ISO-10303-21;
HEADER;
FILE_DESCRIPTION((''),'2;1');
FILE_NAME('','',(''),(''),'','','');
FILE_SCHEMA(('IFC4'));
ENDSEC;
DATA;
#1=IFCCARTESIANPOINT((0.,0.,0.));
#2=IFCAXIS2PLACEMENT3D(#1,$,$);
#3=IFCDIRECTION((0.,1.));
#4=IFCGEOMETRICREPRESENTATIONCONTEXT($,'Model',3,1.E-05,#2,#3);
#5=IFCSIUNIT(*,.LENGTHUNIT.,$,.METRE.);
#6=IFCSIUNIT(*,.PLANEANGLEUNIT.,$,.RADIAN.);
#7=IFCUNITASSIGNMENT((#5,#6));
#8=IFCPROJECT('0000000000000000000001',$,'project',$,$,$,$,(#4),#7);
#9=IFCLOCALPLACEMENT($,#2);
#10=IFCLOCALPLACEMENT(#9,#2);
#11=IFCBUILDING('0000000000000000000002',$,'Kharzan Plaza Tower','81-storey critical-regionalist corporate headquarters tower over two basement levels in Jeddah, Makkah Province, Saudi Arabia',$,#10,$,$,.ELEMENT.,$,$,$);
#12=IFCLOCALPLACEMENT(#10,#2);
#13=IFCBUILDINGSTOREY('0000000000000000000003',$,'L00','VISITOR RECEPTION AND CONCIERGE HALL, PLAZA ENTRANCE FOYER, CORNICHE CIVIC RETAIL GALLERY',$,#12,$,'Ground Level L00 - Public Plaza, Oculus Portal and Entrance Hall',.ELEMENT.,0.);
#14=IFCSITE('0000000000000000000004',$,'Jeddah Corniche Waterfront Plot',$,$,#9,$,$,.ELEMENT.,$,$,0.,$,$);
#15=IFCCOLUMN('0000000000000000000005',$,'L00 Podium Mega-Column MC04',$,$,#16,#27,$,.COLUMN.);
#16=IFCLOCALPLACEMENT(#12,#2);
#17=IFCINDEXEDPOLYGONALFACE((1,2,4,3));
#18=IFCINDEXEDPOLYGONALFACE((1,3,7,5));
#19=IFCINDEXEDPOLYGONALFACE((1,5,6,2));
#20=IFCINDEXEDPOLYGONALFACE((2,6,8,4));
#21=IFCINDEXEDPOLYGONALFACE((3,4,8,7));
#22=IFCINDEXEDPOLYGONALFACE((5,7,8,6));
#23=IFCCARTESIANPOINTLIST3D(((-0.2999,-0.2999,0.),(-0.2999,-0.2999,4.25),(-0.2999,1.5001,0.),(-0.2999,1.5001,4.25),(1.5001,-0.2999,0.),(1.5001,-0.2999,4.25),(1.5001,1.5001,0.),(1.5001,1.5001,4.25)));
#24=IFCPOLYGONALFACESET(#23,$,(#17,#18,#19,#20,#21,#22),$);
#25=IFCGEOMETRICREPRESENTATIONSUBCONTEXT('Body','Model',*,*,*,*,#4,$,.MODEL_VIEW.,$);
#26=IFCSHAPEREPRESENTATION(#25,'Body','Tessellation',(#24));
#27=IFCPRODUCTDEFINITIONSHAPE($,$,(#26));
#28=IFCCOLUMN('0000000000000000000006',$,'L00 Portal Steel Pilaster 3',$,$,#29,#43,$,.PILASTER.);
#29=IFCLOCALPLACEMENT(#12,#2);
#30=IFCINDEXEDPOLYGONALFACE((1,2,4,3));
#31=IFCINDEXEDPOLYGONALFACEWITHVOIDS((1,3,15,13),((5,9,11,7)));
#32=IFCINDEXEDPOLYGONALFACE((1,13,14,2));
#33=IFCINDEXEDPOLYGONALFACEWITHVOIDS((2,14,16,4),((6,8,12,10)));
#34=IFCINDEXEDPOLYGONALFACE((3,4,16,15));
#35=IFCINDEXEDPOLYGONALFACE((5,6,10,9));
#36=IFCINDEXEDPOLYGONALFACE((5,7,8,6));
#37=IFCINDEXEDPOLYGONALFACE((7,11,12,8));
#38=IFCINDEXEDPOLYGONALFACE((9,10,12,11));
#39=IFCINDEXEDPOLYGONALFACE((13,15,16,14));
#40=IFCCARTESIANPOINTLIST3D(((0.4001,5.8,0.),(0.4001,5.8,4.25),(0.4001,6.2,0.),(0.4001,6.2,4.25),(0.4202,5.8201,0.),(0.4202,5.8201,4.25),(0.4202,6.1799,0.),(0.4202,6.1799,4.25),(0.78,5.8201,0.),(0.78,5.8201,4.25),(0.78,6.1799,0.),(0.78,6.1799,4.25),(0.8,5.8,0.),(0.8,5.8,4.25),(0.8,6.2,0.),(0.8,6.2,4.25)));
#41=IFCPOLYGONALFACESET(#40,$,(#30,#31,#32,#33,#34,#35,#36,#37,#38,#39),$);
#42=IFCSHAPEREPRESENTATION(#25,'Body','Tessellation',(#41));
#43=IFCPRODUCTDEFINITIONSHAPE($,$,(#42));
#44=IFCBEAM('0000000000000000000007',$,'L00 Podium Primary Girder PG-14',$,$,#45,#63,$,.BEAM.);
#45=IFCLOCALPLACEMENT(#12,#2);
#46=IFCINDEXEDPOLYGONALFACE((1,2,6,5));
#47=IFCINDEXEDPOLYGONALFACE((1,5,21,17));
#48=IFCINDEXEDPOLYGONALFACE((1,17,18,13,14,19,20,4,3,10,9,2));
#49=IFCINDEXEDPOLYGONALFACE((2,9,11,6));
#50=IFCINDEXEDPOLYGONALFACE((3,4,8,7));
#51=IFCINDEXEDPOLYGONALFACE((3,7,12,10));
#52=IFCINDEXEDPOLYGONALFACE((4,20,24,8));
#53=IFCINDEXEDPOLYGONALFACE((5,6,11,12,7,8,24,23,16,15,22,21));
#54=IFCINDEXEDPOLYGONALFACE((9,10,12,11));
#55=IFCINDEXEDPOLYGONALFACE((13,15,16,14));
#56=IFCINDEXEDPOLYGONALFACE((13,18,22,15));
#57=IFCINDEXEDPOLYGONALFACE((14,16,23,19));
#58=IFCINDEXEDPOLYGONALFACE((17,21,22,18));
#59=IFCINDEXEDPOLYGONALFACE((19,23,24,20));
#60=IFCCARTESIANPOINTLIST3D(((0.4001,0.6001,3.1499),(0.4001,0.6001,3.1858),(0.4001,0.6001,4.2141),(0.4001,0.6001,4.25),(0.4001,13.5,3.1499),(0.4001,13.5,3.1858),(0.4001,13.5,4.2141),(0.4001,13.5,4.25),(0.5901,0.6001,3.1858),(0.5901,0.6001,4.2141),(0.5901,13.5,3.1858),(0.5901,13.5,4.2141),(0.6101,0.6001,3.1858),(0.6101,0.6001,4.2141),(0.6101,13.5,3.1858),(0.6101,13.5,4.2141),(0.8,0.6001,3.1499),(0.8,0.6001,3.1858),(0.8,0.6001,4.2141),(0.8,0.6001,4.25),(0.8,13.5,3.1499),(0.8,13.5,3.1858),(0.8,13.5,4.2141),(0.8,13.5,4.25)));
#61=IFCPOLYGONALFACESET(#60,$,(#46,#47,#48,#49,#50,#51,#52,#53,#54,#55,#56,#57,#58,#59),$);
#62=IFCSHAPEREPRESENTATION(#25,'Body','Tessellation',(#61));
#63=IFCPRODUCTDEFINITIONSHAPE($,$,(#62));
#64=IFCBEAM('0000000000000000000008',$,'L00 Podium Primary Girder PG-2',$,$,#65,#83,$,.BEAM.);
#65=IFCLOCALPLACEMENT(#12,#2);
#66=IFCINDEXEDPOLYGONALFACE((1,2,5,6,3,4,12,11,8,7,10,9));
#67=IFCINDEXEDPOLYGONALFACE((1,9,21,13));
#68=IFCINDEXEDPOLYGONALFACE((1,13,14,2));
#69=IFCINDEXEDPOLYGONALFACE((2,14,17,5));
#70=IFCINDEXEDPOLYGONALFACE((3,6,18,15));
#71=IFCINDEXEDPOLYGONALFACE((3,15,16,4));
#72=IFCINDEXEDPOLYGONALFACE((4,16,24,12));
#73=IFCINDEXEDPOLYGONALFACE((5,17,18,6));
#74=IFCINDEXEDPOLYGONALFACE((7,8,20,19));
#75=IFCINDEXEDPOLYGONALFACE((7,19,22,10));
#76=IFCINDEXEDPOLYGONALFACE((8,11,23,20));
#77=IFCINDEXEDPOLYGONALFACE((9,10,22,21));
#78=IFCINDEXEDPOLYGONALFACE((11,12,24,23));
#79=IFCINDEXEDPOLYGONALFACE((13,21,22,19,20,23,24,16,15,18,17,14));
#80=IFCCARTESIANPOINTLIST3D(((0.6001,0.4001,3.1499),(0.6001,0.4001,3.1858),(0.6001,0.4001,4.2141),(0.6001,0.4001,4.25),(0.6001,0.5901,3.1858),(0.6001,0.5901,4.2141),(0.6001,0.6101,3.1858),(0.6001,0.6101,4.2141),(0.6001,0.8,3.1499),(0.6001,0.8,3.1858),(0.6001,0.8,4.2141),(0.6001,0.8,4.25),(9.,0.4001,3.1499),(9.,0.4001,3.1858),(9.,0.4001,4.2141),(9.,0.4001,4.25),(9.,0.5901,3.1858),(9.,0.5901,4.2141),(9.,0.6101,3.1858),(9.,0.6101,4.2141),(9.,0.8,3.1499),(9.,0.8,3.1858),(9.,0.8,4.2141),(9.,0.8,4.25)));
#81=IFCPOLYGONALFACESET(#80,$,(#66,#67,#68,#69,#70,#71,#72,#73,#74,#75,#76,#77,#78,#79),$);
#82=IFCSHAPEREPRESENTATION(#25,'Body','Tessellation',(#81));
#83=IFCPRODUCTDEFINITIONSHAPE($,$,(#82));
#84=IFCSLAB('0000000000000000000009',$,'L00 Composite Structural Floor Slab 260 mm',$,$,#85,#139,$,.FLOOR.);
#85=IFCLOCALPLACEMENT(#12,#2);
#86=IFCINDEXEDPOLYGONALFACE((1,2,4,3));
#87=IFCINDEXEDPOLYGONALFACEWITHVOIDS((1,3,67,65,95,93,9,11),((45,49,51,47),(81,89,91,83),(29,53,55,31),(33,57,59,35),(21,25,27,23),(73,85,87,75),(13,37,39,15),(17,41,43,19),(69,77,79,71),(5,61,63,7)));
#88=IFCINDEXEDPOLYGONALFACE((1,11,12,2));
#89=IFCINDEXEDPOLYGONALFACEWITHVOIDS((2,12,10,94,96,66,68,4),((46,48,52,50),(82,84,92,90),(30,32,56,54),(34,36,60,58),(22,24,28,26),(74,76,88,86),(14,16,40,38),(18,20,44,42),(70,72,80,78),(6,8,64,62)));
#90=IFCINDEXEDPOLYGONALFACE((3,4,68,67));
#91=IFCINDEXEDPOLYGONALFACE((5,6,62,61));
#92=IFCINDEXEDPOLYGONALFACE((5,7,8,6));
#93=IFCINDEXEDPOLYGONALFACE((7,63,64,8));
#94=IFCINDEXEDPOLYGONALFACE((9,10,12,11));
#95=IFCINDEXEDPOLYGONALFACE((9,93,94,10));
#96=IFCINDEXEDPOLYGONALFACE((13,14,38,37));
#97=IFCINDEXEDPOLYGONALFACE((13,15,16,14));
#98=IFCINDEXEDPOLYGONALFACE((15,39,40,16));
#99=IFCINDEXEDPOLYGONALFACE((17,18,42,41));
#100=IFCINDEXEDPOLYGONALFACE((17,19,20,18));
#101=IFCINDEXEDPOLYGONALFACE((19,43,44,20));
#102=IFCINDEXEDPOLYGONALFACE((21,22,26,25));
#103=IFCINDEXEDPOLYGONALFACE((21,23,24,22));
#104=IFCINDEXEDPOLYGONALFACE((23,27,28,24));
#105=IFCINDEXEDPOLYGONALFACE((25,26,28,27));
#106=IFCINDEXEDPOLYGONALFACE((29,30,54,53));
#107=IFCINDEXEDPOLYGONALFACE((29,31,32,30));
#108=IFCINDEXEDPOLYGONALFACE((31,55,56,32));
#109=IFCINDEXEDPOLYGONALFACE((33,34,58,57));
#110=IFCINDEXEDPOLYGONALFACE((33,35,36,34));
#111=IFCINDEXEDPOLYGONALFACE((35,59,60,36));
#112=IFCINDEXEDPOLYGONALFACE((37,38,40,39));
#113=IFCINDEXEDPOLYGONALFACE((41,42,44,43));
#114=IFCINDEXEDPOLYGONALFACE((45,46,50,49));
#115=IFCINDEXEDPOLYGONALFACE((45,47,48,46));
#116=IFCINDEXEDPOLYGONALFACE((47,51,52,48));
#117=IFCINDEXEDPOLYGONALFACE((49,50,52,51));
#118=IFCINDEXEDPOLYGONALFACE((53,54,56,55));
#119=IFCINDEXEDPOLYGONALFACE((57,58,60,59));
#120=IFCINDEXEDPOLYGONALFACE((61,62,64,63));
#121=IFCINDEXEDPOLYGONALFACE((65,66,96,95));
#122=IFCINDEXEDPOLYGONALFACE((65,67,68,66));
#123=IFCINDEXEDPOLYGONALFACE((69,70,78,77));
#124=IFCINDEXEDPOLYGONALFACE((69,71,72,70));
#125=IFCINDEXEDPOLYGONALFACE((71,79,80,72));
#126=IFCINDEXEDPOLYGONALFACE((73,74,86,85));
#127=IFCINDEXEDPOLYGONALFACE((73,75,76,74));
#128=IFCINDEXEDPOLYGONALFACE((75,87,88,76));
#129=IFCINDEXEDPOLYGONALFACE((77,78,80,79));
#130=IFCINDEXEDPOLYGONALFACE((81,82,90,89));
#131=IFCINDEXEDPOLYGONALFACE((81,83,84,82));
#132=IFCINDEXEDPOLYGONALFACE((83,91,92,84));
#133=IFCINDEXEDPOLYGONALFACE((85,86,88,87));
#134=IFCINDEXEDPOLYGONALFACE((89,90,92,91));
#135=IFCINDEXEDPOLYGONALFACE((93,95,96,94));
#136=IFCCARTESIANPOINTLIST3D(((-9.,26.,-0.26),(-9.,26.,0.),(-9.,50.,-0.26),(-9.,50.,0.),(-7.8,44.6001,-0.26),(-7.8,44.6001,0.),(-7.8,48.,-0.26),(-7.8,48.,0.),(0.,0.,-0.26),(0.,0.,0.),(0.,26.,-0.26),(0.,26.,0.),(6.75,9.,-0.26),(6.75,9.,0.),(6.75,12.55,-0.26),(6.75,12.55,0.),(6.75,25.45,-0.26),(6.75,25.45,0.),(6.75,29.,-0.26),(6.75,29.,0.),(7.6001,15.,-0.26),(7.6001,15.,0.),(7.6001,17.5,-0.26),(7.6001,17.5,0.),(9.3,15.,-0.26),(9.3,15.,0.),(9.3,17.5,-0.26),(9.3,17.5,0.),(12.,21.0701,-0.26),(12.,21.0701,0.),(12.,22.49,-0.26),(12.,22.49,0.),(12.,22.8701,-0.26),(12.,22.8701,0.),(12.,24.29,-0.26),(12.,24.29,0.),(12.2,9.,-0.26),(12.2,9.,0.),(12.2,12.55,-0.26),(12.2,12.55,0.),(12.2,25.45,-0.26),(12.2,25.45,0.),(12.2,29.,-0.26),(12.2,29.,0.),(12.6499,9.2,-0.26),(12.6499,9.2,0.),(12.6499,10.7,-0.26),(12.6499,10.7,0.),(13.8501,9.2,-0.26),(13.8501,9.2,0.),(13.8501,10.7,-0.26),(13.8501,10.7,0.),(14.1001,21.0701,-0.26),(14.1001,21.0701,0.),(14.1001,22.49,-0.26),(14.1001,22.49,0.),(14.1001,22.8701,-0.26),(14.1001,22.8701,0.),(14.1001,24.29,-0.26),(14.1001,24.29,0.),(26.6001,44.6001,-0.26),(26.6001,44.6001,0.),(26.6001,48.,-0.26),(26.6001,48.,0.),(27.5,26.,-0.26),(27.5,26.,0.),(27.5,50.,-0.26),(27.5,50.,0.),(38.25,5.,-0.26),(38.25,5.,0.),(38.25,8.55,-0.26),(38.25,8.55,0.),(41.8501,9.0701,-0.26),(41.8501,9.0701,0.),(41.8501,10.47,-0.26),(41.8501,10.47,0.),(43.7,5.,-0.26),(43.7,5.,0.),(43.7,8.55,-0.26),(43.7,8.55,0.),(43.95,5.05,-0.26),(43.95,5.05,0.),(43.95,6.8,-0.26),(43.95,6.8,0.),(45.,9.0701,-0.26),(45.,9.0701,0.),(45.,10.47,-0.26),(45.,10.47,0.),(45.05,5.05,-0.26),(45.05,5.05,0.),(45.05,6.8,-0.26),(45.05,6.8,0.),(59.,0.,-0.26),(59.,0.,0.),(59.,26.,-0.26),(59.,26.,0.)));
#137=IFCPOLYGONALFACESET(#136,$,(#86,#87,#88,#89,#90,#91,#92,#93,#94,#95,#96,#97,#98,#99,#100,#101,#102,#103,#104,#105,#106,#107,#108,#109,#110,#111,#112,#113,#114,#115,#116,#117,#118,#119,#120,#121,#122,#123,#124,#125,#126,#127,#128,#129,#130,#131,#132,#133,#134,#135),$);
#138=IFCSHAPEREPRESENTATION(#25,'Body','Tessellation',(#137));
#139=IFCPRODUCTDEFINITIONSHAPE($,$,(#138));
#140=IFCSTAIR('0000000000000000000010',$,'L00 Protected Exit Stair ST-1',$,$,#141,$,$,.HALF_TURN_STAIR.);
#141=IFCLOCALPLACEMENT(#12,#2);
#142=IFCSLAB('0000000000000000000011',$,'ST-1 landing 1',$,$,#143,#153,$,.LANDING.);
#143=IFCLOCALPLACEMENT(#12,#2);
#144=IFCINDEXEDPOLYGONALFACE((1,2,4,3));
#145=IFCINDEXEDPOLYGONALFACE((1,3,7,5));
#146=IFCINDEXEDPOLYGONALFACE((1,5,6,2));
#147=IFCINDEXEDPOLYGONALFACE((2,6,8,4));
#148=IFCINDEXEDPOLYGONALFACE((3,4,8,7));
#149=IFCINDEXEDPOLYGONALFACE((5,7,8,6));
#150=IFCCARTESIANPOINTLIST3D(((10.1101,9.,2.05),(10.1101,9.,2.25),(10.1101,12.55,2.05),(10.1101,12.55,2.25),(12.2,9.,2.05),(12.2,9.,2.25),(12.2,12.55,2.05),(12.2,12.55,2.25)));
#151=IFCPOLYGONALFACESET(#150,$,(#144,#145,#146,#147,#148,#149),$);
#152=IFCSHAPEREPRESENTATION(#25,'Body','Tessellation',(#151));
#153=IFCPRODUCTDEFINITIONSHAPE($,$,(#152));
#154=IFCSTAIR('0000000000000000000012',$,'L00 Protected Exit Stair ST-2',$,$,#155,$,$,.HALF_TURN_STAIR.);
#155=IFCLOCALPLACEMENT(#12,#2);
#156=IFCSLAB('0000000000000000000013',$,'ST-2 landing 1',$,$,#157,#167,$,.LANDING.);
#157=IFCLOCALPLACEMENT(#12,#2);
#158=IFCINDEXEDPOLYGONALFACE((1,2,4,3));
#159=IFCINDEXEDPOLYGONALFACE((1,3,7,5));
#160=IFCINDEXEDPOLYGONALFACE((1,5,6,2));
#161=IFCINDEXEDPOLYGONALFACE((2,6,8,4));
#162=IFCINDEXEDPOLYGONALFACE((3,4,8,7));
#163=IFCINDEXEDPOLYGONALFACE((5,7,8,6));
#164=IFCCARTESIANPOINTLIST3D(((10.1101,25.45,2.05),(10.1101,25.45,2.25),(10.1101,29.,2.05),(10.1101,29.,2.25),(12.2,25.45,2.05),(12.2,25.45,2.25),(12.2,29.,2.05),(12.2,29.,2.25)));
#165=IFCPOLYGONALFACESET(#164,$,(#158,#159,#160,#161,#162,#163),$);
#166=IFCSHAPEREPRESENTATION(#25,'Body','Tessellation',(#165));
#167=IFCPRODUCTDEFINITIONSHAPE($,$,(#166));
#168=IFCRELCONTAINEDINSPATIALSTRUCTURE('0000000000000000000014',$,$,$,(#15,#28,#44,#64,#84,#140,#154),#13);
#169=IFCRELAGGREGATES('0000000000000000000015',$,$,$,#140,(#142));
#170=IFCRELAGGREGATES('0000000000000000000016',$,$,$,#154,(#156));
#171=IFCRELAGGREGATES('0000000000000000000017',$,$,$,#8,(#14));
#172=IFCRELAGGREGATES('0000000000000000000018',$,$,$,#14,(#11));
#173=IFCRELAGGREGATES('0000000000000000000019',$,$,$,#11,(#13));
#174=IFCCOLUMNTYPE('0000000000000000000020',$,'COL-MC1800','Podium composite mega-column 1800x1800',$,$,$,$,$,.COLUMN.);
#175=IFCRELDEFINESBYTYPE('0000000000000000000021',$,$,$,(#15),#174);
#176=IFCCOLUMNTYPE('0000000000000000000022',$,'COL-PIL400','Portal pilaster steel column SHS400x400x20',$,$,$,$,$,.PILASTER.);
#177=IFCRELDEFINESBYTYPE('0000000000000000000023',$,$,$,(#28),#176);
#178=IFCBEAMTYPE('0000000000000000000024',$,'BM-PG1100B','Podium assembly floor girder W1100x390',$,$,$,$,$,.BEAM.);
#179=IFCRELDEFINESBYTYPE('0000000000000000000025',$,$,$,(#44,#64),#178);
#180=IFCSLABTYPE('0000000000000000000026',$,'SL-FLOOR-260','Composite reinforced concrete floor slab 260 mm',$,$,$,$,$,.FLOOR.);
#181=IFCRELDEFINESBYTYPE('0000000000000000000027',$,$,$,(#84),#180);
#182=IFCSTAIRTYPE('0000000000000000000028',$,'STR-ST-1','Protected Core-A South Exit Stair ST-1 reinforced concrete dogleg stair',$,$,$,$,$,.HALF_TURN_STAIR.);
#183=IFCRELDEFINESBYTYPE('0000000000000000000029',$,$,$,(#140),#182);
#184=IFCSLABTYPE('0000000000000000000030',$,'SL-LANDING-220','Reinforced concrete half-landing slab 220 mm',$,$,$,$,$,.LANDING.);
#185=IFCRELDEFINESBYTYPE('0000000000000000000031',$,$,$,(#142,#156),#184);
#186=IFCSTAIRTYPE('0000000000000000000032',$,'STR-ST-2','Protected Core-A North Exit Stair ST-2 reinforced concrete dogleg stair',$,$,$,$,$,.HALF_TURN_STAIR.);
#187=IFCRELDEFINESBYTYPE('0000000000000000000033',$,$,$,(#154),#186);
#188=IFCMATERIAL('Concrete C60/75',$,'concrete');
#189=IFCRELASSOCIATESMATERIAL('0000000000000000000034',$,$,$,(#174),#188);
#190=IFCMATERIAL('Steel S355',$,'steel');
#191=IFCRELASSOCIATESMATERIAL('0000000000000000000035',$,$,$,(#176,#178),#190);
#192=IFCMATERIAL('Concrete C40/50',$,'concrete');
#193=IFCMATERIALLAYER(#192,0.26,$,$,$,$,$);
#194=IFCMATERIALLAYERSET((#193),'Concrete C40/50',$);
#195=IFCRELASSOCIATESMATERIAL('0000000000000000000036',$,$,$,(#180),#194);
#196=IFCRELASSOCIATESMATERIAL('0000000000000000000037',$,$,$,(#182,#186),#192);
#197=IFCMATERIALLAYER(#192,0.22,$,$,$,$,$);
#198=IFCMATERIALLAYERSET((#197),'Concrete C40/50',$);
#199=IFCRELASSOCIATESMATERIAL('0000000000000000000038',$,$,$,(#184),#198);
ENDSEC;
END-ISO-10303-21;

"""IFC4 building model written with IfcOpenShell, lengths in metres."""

from ifc_helpers import new_model, si_unit, direction, frame, origin, origin_2d, place, context, subcontext, project, spatial, polyline, rectangle, hollow_rectangle, i_section, outline, extrude, source, transform, mapped, material, layer, layer_set, material_profile, profile_set, type_object, element, aggregate, save


model = new_model("IFC4")

# Units and contexts
model_context = context("Model", 3, precision=1e-05, world=origin(), true_north=direction((0.0, 1.0)))
body_context = subcontext(model_context, "Body", "Model", "MODEL_VIEW")
ifc_project = project(units=[si_unit("LENGTHUNIT", "METRE"), si_unit("PLANEANGLEUNIT", "RADIAN")], contexts=[model_context])

# Site, building, storey
site_placement = place(None, origin())
site = spatial("IfcSite", under=ifc_project, at=site_placement, Name="Jeddah Corniche Waterfront Plot", CompositionType="ELEMENT", RefElevation=0.0)
building_placement = place(site_placement, origin())
building = spatial("IfcBuilding", under=site, at=building_placement, Name="Kharzan Plaza Tower", Description="81-storey critical-regionalist corporate headquarters tower over two basement levels in Jeddah, Makkah Province, Saudi Arabia", CompositionType="ELEMENT")
storey_placement = place(building_placement, origin())
storey = spatial("IfcBuildingStorey", under=building, at=storey_placement, Name="L00", Description="VISITOR RECEPTION AND CONCIERGE HALL, PLAZA ENTRANCE FOYER, CORNICHE CIVIC RETAIL GALLERY", LongName="Ground Level L00 - Public Plaza, Oculus Portal and Entrance Hall", CompositionType="ELEMENT", Elevation=0.0)

# Columns
ifc_material_1 = material(Name="Concrete C60/75", Category="concrete")
ifc_material_profile_1 = material_profile(ifc_material_1, rectangle(XDim=1.8, YDim=1.8, at=origin_2d()), Name="RC-MC1800x1800")
ifc_profile_set_1 = profile_set([ifc_material_profile_1], Name="Concrete C60/75")
column_type_1 = type_object("IfcColumnType", Name="COL-MC1800", Description="Podium composite mega-column 1800x1800", PredefinedType="COLUMN", material=ifc_profile_set_1)
shared_shape_1 = source(origin(), body_context, "Body", "SweptSolid", [
    extrude(rectangle(XDim=1.8, YDim=1.8, at=origin_2d()), origin(), (0.0, 0.0, 1.0), 4.25),
])
column_1_placement = place(storey_placement, frame((0.6001, 0.6001, 0.0), z_axis=(0.0, 0.0, 1.0), x_axis=(1.0, 0.0, 0.0)))
element("IfcColumn", 1, at=column_1_placement, inside=storey, type_object=column_type_1, Name="L00 Podium Mega-Column MC04", PredefinedType="COLUMN", context=body_context, shape_type="MappedRepresentation", body=[
    mapped(shared_shape_1, transform((0.0, 0.0, 0.0), x_axis=(1.0, 0.0, 0.0), y_axis=(0.0, 1.0, 0.0), z_axis=(0.0, 0.0, 1.0))),
])
ifc_material_2 = material(Name="Steel S355", Category="steel")
ifc_material_profile_2 = material_profile(ifc_material_2, hollow_rectangle(XDim=0.3999, YDim=0.3999, WallThickness=0.02, at=origin_2d()), Name="SHS400x400x20")
ifc_profile_set_2 = profile_set([ifc_material_profile_2], Name="Steel S355")
column_type_2 = type_object("IfcColumnType", Name="COL-PIL400", Description="Portal pilaster steel column SHS400x400x20", PredefinedType="PILASTER", material=ifc_profile_set_2)
shared_shape_2 = source(origin(), body_context, "Body", "SweptSolid", [
    extrude(hollow_rectangle(XDim=0.3999, YDim=0.3999, WallThickness=0.02, at=origin_2d()), origin(), (0.0, 0.0, 1.0), 4.25),
])
column_2_placement = place(storey_placement, frame((0.6001, 6.0, 0.0), z_axis=(0.0, 0.0, 1.0), x_axis=(1.0, 0.0, 0.0)))
element("IfcColumn", 2, at=column_2_placement, inside=storey, type_object=column_type_2, Name="L00 Portal Steel Pilaster 3", PredefinedType="PILASTER", context=body_context, shape_type="MappedRepresentation", body=[
    mapped(shared_shape_2, transform((0.0, 0.0, 0.0), x_axis=(1.0, 0.0, 0.0), y_axis=(0.0, 1.0, 0.0), z_axis=(0.0, 0.0, 1.0))),
])

# Beams
ifc_material_profile_3 = material_profile(ifc_material_2, i_section(OverallWidth=0.3999, OverallDepth=1.1001, WebThickness=0.02, FlangeThickness=0.0359, at=origin_2d()), Name="W1100x390")
ifc_profile_set_3 = profile_set([ifc_material_profile_3], Name="Steel S355")
beam_type = type_object("IfcBeamType", Name="BM-PG1100B", Description="Podium assembly floor girder W1100x390", PredefinedType="BEAM", material=ifc_profile_set_3)
shared_shape_3 = source(origin(), body_context, "Body", "SweptSolid", [
    extrude(i_section(OverallWidth=0.3999, OverallDepth=1.1001, WebThickness=0.02, FlangeThickness=0.0359, at=origin_2d()), origin(), (0.0, 0.0, 1.0), 12.8999),
])
beam_1_placement = place(storey_placement, frame((0.6001, 0.6001, 3.7), z_axis=(0.0, 1.0, 0.0), x_axis=(-1.0, 0.0, 0.0)))
element("IfcBeam", 3, at=beam_1_placement, inside=storey, type_object=beam_type, Name="L00 Podium Primary Girder PG-14", PredefinedType="BEAM", context=body_context, shape_type="MappedRepresentation", body=[
    mapped(shared_shape_3, transform((0.0, 0.0, 0.0), x_axis=(1.0, 0.0, 0.0), y_axis=(0.0, 1.0, 0.0), z_axis=(0.0, 0.0, 1.0))),
])
shared_shape_4 = source(origin(), body_context, "Body", "SweptSolid", [
    extrude(i_section(OverallWidth=0.3999, OverallDepth=1.1001, WebThickness=0.02, FlangeThickness=0.0359, at=origin_2d()), origin(), (0.0, 0.0, 1.0), 8.3999),
])
beam_2_placement = place(storey_placement, frame((0.6001, 0.6001, 3.7), z_axis=(1.0, 0.0, 0.0), x_axis=(0.0, 1.0, 0.0)))
element("IfcBeam", 4, at=beam_2_placement, inside=storey, type_object=beam_type, Name="L00 Podium Primary Girder PG-2", PredefinedType="BEAM", context=body_context, shape_type="MappedRepresentation", body=[
    mapped(shared_shape_4, transform((0.0, 0.0, 0.0), x_axis=(1.0, 0.0, 0.0), y_axis=(0.0, 1.0, 0.0), z_axis=(0.0, 0.0, 1.0))),
])

# Slab
ifc_material_3 = material(Name="Concrete C40/50", Category="concrete")
ifc_layer_1 = layer(ifc_material_3, 0.26)
ifc_layer_set_1 = layer_set([ifc_layer_1], Name="Concrete C40/50")
slab_type_1 = type_object("IfcSlabType", Name="SL-FLOOR-260", Description="Composite reinforced concrete floor slab 260 mm", PredefinedType="FLOOR", material=ifc_layer_set_1)
slab_1_placement = place(storey_placement, frame((0.0, 0.0, -0.26)))
element("IfcSlab", 5, at=slab_1_placement, inside=storey, type_object=slab_type_1, Name="L00 Composite Structural Floor Slab 260 mm", PredefinedType="FLOOR", context=body_context, shape_type="SweptSolid", body=[
    extrude(outline(polyline([(59.0, 0.0), (59.0, 26.0), (27.5, 26.0), (27.5, 50.0), (-9.0, 50.0), (-9.0, 26.0), (0.0, 26.0), (0.0, 0.0), (59.0, 0.0)]), holes=[polyline([(45.05, 6.8), (43.95, 6.8), (43.95, 5.05), (45.05, 5.05), (45.05, 6.8)]), polyline([(43.7, 8.55), (38.25, 8.55), (38.25, 5.0), (43.7, 5.0), (43.7, 8.55)]), polyline([(45.0, 10.47), (41.8501, 10.47), (41.8501, 9.0701), (45.0, 9.0701), (45.0, 10.47)]), polyline([(13.8501, 9.2), (13.8501, 10.7), (12.6499, 10.7), (12.6499, 9.2), (13.8501, 9.2)]), polyline([(12.2, 9.0), (12.2, 12.55), (6.75, 12.55), (6.75, 9.0), (12.2, 9.0)]), polyline([(9.3, 17.5), (7.6001, 17.5), (7.6001, 15.0), (9.3, 15.0), (9.3, 17.5)]), polyline([(14.1001, 22.49), (12.0, 22.49), (12.0, 21.0701), (14.1001, 21.0701), (14.1001, 22.49)]), polyline([(14.1001, 24.29), (12.0, 24.29), (12.0, 22.8701), (14.1001, 22.8701), (14.1001, 24.29)]), polyline([(12.2, 25.45), (12.2, 29.0), (6.75, 29.0), (6.75, 25.45), (12.2, 25.45)]), polyline([(26.6001, 44.6001), (26.6001, 48.0), (-7.8, 48.0), (-7.8, 44.6001), (26.6001, 44.6001)])]), origin(), (0.0, 0.0, 1.0), 0.26),
])

# Stairs, slabs
stair_type_1 = type_object("IfcStairType", Name="STR-ST-1", Description="Protected Core-A South Exit Stair ST-1 reinforced concrete dogleg stair", PredefinedType="HALF_TURN_STAIR", material=ifc_material_3)
stair_1_placement = place(storey_placement, origin())
stair_1 = element("IfcStair", 6, at=stair_1_placement, inside=storey, type_object=stair_type_1, Name="L00 Protected Exit Stair ST-1", PredefinedType="HALF_TURN_STAIR")
ifc_layer_2 = layer(ifc_material_3, 0.22)
ifc_layer_set_2 = layer_set([ifc_layer_2], Name="Concrete C40/50")
slab_type_2 = type_object("IfcSlabType", Name="SL-LANDING-220", Description="Reinforced concrete half-landing slab 220 mm", PredefinedType="LANDING", material=ifc_layer_set_2)
slab_2_placement = place(storey_placement, frame((0.0, 0.0, 2.05)))
slab_2 = element("IfcSlab", 7, at=slab_2_placement, type_object=slab_type_2, Name="ST-1 landing 1", PredefinedType="LANDING", context=body_context, shape_type="SweptSolid", body=[
    extrude(outline(polyline([(10.1101, 9.0), (12.2, 9.0), (12.2, 12.55), (10.1101, 12.55), (10.1101, 9.0)])), origin(), (0.0, 0.0, 1.0), 0.2),
])
aggregate(stair_1, [slab_2])
stair_type_2 = type_object("IfcStairType", Name="STR-ST-2", Description="Protected Core-A North Exit Stair ST-2 reinforced concrete dogleg stair", PredefinedType="HALF_TURN_STAIR", material=ifc_material_3)
stair_2_placement = place(storey_placement, origin())
stair_2 = element("IfcStair", 8, at=stair_2_placement, inside=storey, type_object=stair_type_2, Name="L00 Protected Exit Stair ST-2", PredefinedType="HALF_TURN_STAIR")
slab_3_placement = place(storey_placement, frame((0.0, 0.0, 2.05)))
slab_3 = element("IfcSlab", 9, at=slab_3_placement, type_object=slab_type_2, Name="ST-2 landing 1", PredefinedType="LANDING", context=body_context, shape_type="SweptSolid", body=[
    extrude(outline(polyline([(10.1101, 25.45), (12.2, 25.45), (12.2, 29.0), (10.1101, 29.0), (10.1101, 25.45)])), origin(), (0.0, 0.0, 1.0), 0.2),
])
aggregate(stair_2, [slab_3])

save(model, "model.ifc")
